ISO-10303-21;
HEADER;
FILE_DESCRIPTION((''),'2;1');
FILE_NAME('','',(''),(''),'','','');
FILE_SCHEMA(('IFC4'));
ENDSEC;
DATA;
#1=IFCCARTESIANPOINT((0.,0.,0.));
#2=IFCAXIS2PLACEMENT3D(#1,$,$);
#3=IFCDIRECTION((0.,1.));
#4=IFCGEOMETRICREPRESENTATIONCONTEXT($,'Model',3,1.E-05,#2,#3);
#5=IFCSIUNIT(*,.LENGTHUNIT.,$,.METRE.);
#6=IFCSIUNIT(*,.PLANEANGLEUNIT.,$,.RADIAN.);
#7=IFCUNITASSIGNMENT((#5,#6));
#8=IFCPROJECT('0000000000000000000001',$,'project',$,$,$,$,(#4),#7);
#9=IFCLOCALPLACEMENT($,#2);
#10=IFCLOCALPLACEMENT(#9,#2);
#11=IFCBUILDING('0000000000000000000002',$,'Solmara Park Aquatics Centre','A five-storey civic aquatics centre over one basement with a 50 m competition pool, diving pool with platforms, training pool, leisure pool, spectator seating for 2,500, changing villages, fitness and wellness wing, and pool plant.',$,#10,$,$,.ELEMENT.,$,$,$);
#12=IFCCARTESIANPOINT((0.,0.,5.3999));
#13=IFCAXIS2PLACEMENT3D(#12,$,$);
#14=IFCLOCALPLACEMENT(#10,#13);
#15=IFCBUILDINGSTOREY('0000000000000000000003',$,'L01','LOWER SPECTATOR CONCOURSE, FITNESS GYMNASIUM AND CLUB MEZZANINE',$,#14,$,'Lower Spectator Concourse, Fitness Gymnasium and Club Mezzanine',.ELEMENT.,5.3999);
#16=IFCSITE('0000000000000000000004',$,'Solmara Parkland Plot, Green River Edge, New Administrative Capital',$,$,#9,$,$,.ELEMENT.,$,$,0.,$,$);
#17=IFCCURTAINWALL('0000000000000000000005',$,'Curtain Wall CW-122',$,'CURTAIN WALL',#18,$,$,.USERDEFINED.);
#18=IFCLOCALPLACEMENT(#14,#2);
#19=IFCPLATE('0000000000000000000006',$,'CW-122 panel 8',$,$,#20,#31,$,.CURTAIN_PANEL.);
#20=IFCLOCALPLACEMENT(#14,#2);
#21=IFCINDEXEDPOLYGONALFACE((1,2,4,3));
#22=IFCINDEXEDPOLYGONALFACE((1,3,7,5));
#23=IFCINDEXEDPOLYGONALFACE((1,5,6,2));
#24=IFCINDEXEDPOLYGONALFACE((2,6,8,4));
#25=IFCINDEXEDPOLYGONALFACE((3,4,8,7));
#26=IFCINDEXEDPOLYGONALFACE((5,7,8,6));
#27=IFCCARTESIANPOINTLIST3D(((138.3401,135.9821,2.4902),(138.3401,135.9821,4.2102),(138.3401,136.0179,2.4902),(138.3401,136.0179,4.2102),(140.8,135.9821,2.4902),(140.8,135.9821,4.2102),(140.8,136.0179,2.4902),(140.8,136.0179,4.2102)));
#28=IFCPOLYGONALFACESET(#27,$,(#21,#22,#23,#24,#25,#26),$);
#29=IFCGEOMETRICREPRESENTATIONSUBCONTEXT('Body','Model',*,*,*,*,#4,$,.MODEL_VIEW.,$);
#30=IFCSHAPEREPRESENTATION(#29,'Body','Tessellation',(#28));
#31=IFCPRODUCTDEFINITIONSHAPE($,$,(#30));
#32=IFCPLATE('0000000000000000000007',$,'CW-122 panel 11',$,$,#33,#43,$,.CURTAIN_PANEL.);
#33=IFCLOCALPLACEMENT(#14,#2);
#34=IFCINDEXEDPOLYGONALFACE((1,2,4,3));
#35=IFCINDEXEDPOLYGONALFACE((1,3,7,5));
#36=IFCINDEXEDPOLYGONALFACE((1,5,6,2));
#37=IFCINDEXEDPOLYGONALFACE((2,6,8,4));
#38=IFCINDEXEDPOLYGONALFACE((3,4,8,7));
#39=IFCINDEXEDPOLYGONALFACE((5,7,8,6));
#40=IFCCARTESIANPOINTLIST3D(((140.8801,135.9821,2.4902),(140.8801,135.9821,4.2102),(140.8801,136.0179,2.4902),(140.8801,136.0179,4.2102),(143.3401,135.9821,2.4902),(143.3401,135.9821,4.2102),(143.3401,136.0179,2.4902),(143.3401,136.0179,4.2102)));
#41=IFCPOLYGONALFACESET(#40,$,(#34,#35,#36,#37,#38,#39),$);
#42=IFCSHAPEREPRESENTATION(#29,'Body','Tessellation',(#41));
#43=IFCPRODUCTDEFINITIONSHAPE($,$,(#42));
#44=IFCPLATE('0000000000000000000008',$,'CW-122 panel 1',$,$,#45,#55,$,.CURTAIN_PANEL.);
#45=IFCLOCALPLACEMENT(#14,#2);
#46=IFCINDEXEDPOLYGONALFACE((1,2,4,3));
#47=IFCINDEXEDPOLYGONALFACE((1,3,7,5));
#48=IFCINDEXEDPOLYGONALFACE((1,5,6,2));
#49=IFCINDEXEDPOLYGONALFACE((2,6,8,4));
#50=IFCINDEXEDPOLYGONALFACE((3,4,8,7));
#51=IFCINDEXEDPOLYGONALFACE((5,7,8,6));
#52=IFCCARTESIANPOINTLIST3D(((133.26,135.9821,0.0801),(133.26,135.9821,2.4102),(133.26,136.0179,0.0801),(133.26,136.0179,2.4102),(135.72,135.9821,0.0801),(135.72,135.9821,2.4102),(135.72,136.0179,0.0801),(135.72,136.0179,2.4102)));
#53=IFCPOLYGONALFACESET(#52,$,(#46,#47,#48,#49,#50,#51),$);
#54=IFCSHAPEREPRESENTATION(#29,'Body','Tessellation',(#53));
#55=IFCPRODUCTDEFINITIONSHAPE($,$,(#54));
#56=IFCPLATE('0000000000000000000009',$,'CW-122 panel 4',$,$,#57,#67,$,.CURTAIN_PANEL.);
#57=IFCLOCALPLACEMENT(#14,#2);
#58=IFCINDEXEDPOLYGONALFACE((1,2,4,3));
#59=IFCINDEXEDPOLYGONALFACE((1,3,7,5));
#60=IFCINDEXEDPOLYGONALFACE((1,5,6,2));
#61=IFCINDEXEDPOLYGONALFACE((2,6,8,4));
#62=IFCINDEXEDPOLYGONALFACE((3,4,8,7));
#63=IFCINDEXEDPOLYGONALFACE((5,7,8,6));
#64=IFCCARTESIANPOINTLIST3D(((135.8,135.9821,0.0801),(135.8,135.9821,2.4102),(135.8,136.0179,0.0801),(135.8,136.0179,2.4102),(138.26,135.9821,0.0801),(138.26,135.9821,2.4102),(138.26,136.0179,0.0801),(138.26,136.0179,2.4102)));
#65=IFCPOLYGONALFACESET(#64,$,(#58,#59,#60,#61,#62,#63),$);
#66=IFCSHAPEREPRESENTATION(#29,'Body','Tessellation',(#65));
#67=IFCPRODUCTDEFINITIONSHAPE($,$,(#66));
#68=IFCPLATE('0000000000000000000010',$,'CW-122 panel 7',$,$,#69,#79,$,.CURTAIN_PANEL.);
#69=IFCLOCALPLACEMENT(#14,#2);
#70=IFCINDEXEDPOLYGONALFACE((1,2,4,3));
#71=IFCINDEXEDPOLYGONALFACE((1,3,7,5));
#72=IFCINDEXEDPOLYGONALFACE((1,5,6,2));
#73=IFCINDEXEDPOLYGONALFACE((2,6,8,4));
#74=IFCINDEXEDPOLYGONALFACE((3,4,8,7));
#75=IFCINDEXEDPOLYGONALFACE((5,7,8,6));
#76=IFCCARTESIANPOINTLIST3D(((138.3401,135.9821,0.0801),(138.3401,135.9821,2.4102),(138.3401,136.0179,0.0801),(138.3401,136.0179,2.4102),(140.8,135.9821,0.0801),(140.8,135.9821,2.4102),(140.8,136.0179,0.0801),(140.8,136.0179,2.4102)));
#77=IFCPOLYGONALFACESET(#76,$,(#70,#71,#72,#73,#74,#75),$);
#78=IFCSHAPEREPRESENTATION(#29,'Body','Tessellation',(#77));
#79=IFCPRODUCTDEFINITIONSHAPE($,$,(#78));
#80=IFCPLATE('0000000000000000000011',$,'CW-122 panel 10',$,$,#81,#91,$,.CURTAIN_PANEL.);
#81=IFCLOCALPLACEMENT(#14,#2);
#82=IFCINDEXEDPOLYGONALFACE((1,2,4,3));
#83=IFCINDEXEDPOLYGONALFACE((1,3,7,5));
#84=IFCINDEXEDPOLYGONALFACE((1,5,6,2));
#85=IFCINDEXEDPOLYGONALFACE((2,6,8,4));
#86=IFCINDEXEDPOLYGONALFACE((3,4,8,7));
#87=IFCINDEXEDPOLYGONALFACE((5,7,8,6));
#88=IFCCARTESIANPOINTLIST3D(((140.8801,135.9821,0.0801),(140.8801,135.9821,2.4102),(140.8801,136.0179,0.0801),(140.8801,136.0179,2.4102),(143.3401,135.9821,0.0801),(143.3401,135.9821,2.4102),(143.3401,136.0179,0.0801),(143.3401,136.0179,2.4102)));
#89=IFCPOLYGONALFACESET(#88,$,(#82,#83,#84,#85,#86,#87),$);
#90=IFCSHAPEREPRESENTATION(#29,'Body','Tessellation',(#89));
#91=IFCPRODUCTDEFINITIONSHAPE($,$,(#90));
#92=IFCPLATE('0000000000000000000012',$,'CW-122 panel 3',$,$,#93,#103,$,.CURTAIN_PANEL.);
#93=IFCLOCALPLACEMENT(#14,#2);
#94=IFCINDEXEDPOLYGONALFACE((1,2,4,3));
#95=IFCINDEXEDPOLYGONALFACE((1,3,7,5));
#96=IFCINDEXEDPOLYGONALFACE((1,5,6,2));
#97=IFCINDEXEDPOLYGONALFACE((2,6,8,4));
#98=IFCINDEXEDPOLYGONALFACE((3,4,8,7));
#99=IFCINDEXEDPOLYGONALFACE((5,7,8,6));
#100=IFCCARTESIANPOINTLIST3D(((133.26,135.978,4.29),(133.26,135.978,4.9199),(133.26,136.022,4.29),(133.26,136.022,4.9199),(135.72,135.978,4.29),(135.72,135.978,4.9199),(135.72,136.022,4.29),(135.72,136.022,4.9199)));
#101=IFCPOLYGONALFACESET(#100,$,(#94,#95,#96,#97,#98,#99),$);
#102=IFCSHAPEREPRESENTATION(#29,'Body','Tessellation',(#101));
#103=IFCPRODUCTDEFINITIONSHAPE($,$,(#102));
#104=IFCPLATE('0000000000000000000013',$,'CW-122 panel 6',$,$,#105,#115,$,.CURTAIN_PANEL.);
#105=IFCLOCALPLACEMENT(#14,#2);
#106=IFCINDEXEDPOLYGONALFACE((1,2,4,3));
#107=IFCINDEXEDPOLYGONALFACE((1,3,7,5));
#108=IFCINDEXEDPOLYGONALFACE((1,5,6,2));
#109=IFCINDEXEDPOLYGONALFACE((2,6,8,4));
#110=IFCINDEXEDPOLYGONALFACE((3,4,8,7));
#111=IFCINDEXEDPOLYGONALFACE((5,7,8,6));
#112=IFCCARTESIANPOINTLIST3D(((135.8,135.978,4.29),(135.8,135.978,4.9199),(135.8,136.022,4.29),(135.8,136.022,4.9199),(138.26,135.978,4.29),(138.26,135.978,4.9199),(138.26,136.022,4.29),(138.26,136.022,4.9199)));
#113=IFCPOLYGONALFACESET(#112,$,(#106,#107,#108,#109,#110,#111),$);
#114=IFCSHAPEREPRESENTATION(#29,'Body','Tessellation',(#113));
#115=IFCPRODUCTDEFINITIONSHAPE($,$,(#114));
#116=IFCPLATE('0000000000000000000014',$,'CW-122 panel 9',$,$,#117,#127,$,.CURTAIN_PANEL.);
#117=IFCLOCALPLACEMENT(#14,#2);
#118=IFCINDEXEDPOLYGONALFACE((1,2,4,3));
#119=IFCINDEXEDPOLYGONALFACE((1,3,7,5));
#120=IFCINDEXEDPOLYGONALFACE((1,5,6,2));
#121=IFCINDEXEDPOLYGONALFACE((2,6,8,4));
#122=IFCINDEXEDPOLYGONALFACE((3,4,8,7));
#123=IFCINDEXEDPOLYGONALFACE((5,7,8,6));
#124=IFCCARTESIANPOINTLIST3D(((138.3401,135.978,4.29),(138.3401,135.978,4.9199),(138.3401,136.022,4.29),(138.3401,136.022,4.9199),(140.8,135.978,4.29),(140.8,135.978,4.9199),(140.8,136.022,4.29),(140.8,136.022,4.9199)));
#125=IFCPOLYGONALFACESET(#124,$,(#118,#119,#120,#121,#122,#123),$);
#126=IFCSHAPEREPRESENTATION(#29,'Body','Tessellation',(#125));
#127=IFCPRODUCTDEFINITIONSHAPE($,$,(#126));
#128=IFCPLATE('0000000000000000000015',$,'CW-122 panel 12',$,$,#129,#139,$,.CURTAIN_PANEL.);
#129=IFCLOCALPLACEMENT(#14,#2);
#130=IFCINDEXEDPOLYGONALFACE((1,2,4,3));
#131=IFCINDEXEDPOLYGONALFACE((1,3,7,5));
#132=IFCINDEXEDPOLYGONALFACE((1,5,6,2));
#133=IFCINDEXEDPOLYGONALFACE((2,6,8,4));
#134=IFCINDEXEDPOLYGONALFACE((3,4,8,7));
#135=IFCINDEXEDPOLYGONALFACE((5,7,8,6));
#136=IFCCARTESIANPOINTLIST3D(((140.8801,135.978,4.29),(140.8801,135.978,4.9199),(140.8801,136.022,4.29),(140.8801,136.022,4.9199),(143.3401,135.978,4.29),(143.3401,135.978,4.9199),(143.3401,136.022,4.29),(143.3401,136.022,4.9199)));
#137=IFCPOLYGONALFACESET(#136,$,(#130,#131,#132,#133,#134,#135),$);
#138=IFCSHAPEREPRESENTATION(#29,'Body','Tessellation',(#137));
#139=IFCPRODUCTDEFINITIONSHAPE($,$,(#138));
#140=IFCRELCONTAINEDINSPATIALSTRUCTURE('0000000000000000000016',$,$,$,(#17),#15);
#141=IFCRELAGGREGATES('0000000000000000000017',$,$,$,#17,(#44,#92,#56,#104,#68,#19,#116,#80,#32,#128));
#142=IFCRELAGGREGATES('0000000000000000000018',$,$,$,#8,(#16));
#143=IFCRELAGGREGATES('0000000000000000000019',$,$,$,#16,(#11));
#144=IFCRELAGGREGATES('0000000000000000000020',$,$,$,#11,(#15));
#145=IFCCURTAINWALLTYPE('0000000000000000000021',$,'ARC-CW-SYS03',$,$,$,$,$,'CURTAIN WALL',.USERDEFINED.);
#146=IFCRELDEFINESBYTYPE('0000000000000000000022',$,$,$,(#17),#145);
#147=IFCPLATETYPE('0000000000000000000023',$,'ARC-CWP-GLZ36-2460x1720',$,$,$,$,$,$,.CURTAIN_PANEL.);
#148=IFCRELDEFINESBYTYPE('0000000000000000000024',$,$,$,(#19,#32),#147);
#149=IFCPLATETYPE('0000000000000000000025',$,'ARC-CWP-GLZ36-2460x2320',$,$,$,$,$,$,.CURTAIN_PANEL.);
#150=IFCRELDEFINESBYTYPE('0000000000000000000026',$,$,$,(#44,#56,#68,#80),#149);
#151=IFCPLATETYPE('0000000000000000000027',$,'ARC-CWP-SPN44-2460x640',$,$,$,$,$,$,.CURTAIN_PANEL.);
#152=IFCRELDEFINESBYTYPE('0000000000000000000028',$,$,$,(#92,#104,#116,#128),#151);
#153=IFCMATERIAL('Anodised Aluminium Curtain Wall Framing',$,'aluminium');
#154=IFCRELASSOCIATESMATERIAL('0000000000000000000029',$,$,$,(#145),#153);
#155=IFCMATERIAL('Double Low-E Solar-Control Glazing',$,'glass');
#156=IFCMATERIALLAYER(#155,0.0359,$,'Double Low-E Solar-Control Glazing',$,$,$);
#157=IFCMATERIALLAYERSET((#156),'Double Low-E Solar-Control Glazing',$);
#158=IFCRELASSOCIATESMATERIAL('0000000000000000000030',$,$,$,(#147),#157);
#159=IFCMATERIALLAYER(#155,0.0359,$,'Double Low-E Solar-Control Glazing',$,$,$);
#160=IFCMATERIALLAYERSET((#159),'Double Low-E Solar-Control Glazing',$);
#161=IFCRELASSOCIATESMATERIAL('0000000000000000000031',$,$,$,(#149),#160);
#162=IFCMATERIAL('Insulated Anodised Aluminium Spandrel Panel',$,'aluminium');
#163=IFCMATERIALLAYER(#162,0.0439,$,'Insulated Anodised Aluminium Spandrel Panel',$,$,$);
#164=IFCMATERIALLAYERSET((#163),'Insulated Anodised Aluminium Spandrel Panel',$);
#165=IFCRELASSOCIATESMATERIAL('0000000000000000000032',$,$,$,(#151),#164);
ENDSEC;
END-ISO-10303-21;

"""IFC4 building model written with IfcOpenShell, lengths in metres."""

from ifc_helpers import new_model, si_unit, direction, frame, origin, origin_2d, place, context, subcontext, project, spatial, rectangle, extrude, material, layer, layer_set, type_object, element, aggregate, save


model = new_model("IFC4")

# Units and contexts
model_context = context("Model", 3, precision=1e-05, world=origin(), true_north=direction((0.0, 1.0)))
body_context = subcontext(model_context, "Body", "Model", "MODEL_VIEW")
ifc_project = project(units=[si_unit("LENGTHUNIT", "METRE"), si_unit("PLANEANGLEUNIT", "RADIAN")], contexts=[model_context])

# Site, building, storey
site_placement = place(None, origin())
site = spatial("IfcSite", under=ifc_project, at=site_placement, Name="Solmara Parkland Plot, Green River Edge, New Administrative Capital", CompositionType="ELEMENT", RefElevation=0.0)
building_placement = place(site_placement, origin())
building = spatial("IfcBuilding", under=site, at=building_placement, Name="Solmara Park Aquatics Centre", Description="A five-storey civic aquatics centre over one basement with a 50 m competition pool, diving pool with platforms, training pool, leisure pool, spectator seating for 2,500, changing villages, fitness and wellness wing, and pool plant.", CompositionType="ELEMENT")
storey_placement = place(building_placement, frame((0.0, 0.0, 5.3999)))
storey = spatial("IfcBuildingStorey", under=building, at=storey_placement, Name="L01", Description="LOWER SPECTATOR CONCOURSE, FITNESS GYMNASIUM AND CLUB MEZZANINE", LongName="Lower Spectator Concourse, Fitness Gymnasium and Club Mezzanine", CompositionType="ELEMENT", Elevation=5.3999)

# Curtain wall
ifc_material_1 = material(Name="Anodised Aluminium Curtain Wall Framing", Category="aluminium")
curtain_wall_type = type_object("IfcCurtainWallType", Name="ARC-CW-SYS03", ElementType="CURTAIN WALL", PredefinedType="USERDEFINED", material=ifc_material_1)
curtain_wall_1_placement = place(storey_placement, origin())
curtain_wall_1 = element("IfcCurtainWall", 1, at=curtain_wall_1_placement, inside=storey, type_object=curtain_wall_type, Name="Curtain Wall CW-122", ObjectType="CURTAIN WALL", PredefinedType="USERDEFINED")

# Plates
ifc_material_2 = material(Name="Double Low-E Solar-Control Glazing", Category="glass")
ifc_layer_1 = layer(ifc_material_2, 0.0359, Name="Double Low-E Solar-Control Glazing")
ifc_layer_set_1 = layer_set([ifc_layer_1], Name="Double Low-E Solar-Control Glazing")
plate_type_1 = type_object("IfcPlateType", Name="ARC-CWP-GLZ36-2460x1720", PredefinedType="CURTAIN_PANEL", material=ifc_layer_set_1)
plate_1_placement = place(storey_placement, frame((139.5701, 136.0, 2.4902), z_axis=(0.0, 0.0, 1.0), x_axis=(1.0, 0.0, 0.0)))
plate_1 = element("IfcPlate", 2, at=plate_1_placement, type_object=plate_type_1, Name="CW-122 panel 8", PredefinedType="CURTAIN_PANEL", context=body_context, shape_type="SweptSolid", body=[
    extrude(rectangle(XDim=2.46, YDim=0.0359, at=origin_2d()), origin(), (0.0, 0.0, 1.0), 1.72),
])
plate_2_placement = place(storey_placement, frame((142.1101, 136.0, 2.4902), z_axis=(0.0, 0.0, 1.0), x_axis=(1.0, 0.0, 0.0)))
plate_2 = element("IfcPlate", 3, at=plate_2_placement, type_object=plate_type_1, Name="CW-122 panel 11", PredefinedType="CURTAIN_PANEL", context=body_context, shape_type="SweptSolid", body=[
    extrude(rectangle(XDim=2.46, YDim=0.0359, at=origin_2d()), origin(), (0.0, 0.0, 1.0), 1.72),
])
ifc_layer_2 = layer(ifc_material_2, 0.0359, Name="Double Low-E Solar-Control Glazing")
ifc_layer_set_2 = layer_set([ifc_layer_2], Name="Double Low-E Solar-Control Glazing")
plate_type_2 = type_object("IfcPlateType", Name="ARC-CWP-GLZ36-2460x2320", PredefinedType="CURTAIN_PANEL", material=ifc_layer_set_2)
plate_3_placement = place(storey_placement, frame((134.49, 136.0, 0.0801), z_axis=(0.0, 0.0, 1.0), x_axis=(1.0, 0.0, 0.0)))
plate_3 = element("IfcPlate", 4, at=plate_3_placement, type_object=plate_type_2, Name="CW-122 panel 1", PredefinedType="CURTAIN_PANEL", context=body_context, shape_type="SweptSolid", body=[
    extrude(rectangle(XDim=2.46, YDim=0.0359, at=origin_2d()), origin(), (0.0, 0.0, 1.0), 2.3301),
])
plate_4_placement = place(storey_placement, frame((137.03, 136.0, 0.0801), z_axis=(0.0, 0.0, 1.0), x_axis=(1.0, 0.0, 0.0)))
plate_4 = element("IfcPlate", 5, at=plate_4_placement, type_object=plate_type_2, Name="CW-122 panel 4", PredefinedType="CURTAIN_PANEL", context=body_context, shape_type="SweptSolid", body=[
    extrude(rectangle(XDim=2.46, YDim=0.0359, at=origin_2d()), origin(), (0.0, 0.0, 1.0), 2.3301),
])
plate_5_placement = place(storey_placement, frame((139.5701, 136.0, 0.0801), z_axis=(0.0, 0.0, 1.0), x_axis=(1.0, 0.0, 0.0)))
plate_5 = element("IfcPlate", 6, at=plate_5_placement, type_object=plate_type_2, Name="CW-122 panel 7", PredefinedType="CURTAIN_PANEL", context=body_context, shape_type="SweptSolid", body=[
    extrude(rectangle(XDim=2.46, YDim=0.0359, at=origin_2d()), origin(), (0.0, 0.0, 1.0), 2.3301),
])
plate_6_placement = place(storey_placement, frame((142.1101, 136.0, 0.0801), z_axis=(0.0, 0.0, 1.0), x_axis=(1.0, 0.0, 0.0)))
plate_6 = element("IfcPlate", 7, at=plate_6_placement, type_object=plate_type_2, Name="CW-122 panel 10", PredefinedType="CURTAIN_PANEL", context=body_context, shape_type="SweptSolid", body=[
    extrude(rectangle(XDim=2.46, YDim=0.0359, at=origin_2d()), origin(), (0.0, 0.0, 1.0), 2.3301),
])
ifc_material_3 = material(Name="Insulated Anodised Aluminium Spandrel Panel", Category="aluminium")
ifc_layer_3 = layer(ifc_material_3, 0.0439, Name="Insulated Anodised Aluminium Spandrel Panel")
ifc_layer_set_3 = layer_set([ifc_layer_3], Name="Insulated Anodised Aluminium Spandrel Panel")
plate_type_3 = type_object("IfcPlateType", Name="ARC-CWP-SPN44-2460x640", PredefinedType="CURTAIN_PANEL", material=ifc_layer_set_3)
plate_7_placement = place(storey_placement, frame((134.49, 136.0, 4.29), z_axis=(0.0, 0.0, 1.0), x_axis=(1.0, 0.0, 0.0)))
plate_7 = element("IfcPlate", 8, at=plate_7_placement, type_object=plate_type_3, Name="CW-122 panel 3", PredefinedType="CURTAIN_PANEL", context=body_context, shape_type="SweptSolid", body=[
    extrude(rectangle(XDim=2.46, YDim=0.0439, at=origin_2d()), origin(), (0.0, 0.0, 1.0), 0.6299),
])
plate_8_placement = place(storey_placement, frame((137.03, 136.0, 4.29), z_axis=(0.0, 0.0, 1.0), x_axis=(1.0, 0.0, 0.0)))
plate_8 = element("IfcPlate", 9, at=plate_8_placement, type_object=plate_type_3, Name="CW-122 panel 6", PredefinedType="CURTAIN_PANEL", context=body_context, shape_type="SweptSolid", body=[
    extrude(rectangle(XDim=2.46, YDim=0.0439, at=origin_2d()), origin(), (0.0, 0.0, 1.0), 0.6299),
])
plate_9_placement = place(storey_placement, frame((139.5701, 136.0, 4.29), z_axis=(0.0, 0.0, 1.0), x_axis=(1.0, 0.0, 0.0)))
plate_9 = element("IfcPlate", 10, at=plate_9_placement, type_object=plate_type_3, Name="CW-122 panel 9", PredefinedType="CURTAIN_PANEL", context=body_context, shape_type="SweptSolid", body=[
    extrude(rectangle(XDim=2.46, YDim=0.0439, at=origin_2d()), origin(), (0.0, 0.0, 1.0), 0.6299),
])
plate_10_placement = place(storey_placement, frame((142.1101, 136.0, 4.29), z_axis=(0.0, 0.0, 1.0), x_axis=(1.0, 0.0, 0.0)))
plate_10 = element("IfcPlate", 11, at=plate_10_placement, type_object=plate_type_3, Name="CW-122 panel 12", PredefinedType="CURTAIN_PANEL", context=body_context, shape_type="SweptSolid", body=[
    extrude(rectangle(XDim=2.46, YDim=0.0439, at=origin_2d()), origin(), (0.0, 0.0, 1.0), 0.6299),
])
aggregate(curtain_wall_1, [plate_3, plate_7, plate_4, plate_8, plate_5, plate_1, plate_9, plate_6, plate_2, plate_10])

save(model, "model.ifc")
